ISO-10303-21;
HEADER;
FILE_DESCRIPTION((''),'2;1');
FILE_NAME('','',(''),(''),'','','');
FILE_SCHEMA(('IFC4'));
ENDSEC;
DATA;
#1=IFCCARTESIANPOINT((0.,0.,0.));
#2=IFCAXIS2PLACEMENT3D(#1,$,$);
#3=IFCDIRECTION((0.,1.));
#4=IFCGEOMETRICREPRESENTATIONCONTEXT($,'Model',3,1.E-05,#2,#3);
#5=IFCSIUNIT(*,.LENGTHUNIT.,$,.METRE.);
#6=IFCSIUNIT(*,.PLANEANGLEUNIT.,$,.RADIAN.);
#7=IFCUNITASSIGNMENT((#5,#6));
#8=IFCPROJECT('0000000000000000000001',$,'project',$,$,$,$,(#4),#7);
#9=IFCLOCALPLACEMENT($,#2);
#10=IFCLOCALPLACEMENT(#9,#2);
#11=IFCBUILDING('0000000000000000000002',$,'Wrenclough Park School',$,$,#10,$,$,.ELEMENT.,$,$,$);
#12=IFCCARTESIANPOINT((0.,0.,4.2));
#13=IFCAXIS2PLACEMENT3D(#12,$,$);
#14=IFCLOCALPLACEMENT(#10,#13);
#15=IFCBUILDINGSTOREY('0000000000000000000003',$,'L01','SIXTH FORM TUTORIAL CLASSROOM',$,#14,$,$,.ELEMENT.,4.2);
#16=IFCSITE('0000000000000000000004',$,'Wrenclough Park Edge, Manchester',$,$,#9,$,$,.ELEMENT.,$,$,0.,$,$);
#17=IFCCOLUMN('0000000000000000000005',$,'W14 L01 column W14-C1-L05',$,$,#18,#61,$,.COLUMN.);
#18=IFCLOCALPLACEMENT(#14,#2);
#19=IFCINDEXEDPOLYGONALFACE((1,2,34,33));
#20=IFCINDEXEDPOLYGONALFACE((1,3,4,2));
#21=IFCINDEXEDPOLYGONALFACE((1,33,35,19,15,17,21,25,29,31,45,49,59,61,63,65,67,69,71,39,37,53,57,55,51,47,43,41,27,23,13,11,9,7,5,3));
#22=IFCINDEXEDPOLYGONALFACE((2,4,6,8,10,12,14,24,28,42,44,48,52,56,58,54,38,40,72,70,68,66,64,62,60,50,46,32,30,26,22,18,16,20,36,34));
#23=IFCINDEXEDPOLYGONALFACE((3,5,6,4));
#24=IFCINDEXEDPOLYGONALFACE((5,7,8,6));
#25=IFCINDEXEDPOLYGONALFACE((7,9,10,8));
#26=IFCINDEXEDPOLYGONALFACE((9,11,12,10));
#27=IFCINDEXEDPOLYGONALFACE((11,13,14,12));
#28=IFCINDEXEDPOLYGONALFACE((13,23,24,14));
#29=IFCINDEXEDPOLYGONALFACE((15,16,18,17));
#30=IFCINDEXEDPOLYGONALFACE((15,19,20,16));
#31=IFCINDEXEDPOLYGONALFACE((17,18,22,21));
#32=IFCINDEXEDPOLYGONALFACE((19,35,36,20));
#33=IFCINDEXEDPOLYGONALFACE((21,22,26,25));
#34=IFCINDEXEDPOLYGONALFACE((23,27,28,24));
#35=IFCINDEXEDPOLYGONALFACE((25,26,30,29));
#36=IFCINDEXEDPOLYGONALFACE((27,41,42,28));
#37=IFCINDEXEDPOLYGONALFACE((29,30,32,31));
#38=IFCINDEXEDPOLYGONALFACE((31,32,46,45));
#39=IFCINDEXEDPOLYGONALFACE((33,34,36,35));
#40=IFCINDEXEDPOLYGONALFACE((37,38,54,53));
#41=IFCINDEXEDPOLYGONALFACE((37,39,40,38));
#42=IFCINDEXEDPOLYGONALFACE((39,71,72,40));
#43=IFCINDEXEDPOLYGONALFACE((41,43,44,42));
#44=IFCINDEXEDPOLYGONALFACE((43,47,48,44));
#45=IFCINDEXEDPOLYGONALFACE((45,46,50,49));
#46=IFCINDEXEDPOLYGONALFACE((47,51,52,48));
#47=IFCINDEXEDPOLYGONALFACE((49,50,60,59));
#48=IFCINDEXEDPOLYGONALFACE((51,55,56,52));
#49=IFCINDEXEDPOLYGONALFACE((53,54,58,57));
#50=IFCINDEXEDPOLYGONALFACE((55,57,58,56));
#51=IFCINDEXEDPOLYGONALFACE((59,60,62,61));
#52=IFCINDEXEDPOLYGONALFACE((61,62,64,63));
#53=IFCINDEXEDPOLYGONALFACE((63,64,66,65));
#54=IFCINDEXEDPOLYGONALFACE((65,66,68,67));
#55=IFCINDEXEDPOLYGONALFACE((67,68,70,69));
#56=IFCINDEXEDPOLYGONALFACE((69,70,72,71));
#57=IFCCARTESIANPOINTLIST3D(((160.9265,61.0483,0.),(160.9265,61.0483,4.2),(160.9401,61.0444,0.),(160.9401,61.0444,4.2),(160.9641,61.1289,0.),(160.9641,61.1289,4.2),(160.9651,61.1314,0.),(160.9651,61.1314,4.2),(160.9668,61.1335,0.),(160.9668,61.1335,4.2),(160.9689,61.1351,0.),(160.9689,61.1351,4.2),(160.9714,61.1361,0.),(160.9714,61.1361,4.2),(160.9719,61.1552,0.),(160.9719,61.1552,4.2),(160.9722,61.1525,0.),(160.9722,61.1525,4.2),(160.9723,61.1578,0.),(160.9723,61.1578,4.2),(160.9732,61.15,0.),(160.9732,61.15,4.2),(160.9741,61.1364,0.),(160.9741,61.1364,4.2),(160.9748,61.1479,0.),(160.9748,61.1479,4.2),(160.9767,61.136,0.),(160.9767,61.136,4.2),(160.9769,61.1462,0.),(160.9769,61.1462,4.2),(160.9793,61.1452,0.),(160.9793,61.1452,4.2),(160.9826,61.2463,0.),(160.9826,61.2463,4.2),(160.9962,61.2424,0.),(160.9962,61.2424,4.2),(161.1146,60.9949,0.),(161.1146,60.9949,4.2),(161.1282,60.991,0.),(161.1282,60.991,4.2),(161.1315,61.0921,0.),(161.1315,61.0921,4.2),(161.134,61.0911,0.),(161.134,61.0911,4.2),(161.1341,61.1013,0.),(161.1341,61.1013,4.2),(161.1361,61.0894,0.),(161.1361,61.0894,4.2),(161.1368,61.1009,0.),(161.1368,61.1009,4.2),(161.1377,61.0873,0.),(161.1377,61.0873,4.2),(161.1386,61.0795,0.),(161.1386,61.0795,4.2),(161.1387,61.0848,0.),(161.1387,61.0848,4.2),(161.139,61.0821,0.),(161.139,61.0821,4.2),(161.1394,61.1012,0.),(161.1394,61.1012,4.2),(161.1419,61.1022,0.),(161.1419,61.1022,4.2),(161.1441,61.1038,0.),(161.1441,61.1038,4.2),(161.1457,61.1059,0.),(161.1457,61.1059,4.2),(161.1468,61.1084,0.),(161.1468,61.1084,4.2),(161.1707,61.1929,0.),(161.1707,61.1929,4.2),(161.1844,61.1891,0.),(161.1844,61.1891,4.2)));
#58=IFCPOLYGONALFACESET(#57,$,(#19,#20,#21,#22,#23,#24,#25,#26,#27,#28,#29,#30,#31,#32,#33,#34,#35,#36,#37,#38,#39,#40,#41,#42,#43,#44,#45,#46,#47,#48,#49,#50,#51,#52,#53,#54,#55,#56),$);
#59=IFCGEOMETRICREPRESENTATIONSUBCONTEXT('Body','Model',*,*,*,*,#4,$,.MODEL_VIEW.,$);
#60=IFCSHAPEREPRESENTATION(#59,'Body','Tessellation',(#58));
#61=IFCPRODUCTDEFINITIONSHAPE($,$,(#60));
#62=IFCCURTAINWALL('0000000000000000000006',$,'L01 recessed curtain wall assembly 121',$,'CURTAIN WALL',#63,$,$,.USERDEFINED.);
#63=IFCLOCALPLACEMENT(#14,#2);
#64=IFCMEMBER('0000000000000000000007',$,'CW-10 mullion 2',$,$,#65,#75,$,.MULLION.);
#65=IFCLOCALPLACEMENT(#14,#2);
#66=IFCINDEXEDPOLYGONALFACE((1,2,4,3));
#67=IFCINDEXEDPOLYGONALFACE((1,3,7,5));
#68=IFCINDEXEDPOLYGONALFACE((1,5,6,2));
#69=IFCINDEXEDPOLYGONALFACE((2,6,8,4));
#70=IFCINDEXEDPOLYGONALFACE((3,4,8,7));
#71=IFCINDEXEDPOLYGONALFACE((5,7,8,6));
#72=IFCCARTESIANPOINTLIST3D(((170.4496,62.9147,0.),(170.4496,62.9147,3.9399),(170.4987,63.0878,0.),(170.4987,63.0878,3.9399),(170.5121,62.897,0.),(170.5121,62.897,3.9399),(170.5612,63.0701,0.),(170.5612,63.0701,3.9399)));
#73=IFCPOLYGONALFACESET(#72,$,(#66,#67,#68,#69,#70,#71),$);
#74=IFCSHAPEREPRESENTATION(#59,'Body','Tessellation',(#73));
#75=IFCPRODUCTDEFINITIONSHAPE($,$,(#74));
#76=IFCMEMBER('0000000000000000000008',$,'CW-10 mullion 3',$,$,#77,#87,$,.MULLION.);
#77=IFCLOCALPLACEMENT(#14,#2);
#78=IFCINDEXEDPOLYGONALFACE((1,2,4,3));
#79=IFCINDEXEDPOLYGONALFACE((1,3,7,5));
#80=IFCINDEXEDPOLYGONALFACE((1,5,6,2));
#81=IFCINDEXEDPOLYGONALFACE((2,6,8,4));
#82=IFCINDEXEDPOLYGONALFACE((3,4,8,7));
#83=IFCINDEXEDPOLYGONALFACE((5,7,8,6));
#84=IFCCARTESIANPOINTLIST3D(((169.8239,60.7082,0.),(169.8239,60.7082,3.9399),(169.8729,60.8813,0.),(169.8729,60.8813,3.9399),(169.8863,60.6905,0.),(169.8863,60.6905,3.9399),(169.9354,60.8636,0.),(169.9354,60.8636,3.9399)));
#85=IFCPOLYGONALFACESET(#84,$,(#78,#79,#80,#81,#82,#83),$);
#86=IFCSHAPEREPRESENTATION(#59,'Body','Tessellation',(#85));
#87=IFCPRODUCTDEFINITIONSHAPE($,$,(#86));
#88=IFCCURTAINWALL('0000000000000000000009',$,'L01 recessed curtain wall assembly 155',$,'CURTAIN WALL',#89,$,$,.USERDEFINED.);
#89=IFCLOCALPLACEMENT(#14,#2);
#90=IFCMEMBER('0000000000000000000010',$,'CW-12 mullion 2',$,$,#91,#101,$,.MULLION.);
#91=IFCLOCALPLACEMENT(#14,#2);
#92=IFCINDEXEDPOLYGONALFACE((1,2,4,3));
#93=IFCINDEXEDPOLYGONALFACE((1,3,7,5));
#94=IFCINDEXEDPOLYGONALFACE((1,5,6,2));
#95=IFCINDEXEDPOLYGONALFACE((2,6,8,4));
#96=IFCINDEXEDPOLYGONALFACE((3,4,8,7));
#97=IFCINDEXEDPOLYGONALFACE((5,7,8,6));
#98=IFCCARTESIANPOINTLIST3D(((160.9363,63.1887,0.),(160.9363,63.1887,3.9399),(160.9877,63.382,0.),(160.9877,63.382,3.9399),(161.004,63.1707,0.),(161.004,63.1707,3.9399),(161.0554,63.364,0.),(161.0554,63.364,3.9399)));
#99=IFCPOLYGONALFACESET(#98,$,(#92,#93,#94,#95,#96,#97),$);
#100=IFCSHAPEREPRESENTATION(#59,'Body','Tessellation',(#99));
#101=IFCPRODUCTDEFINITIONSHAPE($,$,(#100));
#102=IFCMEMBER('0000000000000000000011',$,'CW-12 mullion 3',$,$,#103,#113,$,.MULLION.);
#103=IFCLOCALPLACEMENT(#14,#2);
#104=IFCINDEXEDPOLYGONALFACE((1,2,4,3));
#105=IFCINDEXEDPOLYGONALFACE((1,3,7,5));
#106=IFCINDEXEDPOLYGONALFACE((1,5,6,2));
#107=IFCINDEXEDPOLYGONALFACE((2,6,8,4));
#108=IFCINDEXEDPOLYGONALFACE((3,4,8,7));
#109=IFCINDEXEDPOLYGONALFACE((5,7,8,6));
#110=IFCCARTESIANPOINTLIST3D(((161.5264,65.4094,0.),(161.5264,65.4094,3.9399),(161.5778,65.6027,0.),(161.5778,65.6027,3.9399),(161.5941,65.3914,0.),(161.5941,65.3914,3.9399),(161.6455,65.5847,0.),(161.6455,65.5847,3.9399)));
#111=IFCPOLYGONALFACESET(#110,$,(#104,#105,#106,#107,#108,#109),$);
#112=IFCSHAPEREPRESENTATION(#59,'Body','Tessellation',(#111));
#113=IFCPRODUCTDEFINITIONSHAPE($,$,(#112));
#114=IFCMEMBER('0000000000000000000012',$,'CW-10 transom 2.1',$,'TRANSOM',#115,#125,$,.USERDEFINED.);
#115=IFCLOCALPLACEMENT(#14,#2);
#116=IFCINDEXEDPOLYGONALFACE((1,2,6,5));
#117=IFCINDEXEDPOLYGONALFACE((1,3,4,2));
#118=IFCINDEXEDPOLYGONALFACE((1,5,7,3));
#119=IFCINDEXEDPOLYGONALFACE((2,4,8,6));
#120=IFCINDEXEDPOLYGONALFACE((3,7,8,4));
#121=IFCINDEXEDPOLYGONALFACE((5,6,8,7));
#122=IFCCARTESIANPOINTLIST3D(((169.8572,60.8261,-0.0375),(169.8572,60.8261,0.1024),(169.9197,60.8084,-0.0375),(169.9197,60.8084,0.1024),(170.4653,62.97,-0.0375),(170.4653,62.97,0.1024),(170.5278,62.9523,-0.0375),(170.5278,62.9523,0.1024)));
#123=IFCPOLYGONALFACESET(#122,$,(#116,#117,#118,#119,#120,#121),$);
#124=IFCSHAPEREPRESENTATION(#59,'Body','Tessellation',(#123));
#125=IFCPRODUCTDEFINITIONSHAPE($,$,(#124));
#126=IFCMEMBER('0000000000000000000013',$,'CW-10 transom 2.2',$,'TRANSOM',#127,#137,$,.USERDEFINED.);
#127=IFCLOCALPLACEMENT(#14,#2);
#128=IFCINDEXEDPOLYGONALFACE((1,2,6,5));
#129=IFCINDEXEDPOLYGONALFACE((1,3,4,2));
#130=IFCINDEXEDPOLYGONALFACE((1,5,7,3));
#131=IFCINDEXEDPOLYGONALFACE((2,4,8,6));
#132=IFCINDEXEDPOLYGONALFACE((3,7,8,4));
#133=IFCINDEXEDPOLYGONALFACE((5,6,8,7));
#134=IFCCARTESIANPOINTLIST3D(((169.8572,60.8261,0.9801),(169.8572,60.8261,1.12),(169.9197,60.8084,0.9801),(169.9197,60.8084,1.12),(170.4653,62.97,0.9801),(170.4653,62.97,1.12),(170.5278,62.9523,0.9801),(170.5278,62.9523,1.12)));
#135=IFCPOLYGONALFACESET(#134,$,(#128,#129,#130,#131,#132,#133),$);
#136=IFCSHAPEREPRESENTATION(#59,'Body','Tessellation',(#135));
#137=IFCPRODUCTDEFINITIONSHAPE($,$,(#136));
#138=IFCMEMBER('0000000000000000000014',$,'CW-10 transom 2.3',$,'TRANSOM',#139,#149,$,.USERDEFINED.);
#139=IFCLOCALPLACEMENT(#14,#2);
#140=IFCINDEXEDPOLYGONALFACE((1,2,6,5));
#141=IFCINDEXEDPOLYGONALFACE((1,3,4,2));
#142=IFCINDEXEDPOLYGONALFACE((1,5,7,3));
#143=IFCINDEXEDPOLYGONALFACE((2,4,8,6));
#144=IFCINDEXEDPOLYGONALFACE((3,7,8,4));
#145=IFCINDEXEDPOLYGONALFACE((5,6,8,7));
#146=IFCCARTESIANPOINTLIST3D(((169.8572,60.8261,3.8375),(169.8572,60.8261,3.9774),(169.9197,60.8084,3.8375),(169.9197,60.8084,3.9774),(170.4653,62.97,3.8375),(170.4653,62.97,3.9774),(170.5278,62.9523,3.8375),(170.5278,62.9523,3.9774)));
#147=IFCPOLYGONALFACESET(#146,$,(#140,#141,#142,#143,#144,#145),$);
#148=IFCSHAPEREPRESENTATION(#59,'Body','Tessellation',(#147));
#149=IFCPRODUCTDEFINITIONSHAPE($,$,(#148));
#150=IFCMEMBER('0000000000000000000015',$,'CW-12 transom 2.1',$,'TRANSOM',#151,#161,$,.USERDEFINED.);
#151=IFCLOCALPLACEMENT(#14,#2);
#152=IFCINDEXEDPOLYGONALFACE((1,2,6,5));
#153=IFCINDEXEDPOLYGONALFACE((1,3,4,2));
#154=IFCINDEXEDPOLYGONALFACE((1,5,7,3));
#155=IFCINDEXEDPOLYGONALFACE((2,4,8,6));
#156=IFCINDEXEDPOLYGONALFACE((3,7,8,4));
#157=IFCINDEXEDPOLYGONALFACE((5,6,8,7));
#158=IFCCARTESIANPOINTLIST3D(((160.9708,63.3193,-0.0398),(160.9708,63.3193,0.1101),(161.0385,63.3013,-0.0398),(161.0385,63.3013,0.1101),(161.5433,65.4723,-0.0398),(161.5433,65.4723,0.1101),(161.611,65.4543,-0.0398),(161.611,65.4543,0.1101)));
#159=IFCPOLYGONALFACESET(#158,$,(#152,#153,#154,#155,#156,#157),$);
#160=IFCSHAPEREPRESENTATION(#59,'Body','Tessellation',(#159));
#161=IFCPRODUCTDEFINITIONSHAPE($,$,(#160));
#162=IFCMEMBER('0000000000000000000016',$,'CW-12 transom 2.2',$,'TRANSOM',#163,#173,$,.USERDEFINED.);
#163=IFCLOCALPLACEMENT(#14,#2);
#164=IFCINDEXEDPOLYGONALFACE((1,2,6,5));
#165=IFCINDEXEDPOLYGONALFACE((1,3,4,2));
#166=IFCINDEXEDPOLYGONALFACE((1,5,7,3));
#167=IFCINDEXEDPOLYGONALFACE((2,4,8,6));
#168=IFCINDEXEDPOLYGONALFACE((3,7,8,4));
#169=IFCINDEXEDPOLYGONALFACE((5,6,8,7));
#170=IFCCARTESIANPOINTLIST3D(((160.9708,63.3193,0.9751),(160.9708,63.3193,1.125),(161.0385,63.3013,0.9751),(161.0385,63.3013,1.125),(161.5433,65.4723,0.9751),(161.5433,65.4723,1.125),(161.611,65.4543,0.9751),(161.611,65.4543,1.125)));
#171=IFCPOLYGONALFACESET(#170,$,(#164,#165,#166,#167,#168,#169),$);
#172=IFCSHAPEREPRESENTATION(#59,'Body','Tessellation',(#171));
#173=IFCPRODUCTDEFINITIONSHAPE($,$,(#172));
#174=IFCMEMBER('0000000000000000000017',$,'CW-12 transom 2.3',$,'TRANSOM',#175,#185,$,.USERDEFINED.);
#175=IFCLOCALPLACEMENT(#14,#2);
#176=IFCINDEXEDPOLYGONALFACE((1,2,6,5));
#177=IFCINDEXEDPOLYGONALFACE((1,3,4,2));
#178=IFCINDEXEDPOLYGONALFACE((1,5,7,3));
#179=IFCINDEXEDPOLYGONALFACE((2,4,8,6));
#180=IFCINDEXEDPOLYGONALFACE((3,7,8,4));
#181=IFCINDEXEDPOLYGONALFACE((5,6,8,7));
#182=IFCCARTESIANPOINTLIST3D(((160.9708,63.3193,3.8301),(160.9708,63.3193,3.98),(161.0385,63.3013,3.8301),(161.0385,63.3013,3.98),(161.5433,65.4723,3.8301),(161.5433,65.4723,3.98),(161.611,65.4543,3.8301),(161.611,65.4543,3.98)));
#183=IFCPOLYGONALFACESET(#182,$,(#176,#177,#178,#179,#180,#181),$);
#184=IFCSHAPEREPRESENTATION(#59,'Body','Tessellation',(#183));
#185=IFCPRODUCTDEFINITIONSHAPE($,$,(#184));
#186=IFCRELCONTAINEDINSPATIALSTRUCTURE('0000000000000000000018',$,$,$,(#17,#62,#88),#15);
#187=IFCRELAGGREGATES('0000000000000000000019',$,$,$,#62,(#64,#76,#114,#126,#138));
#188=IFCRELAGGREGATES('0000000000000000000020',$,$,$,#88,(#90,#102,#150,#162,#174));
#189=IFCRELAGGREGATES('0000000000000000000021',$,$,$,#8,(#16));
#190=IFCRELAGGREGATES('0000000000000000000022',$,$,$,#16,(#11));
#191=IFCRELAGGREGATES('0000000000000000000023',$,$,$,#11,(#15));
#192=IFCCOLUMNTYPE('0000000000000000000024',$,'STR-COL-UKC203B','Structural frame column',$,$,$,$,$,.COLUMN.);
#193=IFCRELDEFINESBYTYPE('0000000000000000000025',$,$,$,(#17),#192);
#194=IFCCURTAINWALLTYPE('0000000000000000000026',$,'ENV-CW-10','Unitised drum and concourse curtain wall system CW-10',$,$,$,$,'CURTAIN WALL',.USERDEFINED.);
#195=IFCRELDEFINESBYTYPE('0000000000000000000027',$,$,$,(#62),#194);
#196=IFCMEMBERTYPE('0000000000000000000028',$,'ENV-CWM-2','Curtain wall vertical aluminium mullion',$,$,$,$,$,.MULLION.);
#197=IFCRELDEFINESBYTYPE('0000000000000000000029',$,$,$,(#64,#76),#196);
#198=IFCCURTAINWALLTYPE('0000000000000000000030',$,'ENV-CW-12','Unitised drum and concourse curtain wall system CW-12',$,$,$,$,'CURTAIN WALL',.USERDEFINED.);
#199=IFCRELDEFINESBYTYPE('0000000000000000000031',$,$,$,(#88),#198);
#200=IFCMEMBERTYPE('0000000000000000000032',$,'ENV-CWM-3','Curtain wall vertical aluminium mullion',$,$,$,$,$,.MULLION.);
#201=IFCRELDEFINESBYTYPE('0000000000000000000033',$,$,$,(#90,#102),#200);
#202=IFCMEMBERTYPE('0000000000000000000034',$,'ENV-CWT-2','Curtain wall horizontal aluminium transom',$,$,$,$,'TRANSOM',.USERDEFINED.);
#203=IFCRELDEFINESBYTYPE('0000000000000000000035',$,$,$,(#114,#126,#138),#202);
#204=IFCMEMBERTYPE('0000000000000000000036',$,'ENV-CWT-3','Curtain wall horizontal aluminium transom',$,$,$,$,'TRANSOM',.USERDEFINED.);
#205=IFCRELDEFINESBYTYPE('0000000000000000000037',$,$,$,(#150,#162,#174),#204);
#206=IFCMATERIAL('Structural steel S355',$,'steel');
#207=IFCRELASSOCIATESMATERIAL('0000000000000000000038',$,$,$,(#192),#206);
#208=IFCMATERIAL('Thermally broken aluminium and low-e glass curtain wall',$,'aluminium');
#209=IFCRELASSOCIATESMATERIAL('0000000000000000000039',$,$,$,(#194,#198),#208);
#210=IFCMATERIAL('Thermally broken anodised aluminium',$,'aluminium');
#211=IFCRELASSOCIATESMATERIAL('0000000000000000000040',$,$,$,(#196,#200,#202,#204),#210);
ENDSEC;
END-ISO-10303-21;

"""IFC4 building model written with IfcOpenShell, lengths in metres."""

from ifc_helpers import new_model, si_unit, direction, frame, origin, origin_2d, place, context, subcontext, project, spatial, rectangle, i_section, extrude, material, material_profile, profile_set, type_object, element, aggregate, save


model = new_model("IFC4")

# Units and contexts
model_context = context("Model", 3, precision=1e-05, world=origin(), true_north=direction((0.0, 1.0)))
body_context = subcontext(model_context, "Body", "Model", "MODEL_VIEW")
ifc_project = project(units=[si_unit("LENGTHUNIT", "METRE"), si_unit("PLANEANGLEUNIT", "RADIAN")], contexts=[model_context])

# Site, building, storey
site_placement = place(None, origin())
site = spatial("IfcSite", under=ifc_project, at=site_placement, Name="Wrenclough Park Edge, Manchester", CompositionType="ELEMENT", RefElevation=0.0)
building_placement = place(site_placement, origin())
building = spatial("IfcBuilding", under=site, at=building_placement, Name="Wrenclough Park School", CompositionType="ELEMENT")
storey_placement = place(building_placement, frame((0.0, 0.0, 4.2)))
storey = spatial("IfcBuildingStorey", under=building, at=storey_placement, Name="L01", Description="SIXTH FORM TUTORIAL CLASSROOM", CompositionType="ELEMENT", Elevation=4.2)

# Column
ifc_material_1 = material(Name="Structural steel S355", Category="steel")
ifc_material_profile_1 = material_profile(ifc_material_1, i_section(OverallWidth=0.2058, OverallDepth=0.2097, WebThickness=0.0095, FlangeThickness=0.0142, FilletRadius=0.0103, at=origin_2d()), Name="UKC 203x203x60")
ifc_profile_set_1 = profile_set([ifc_material_profile_1], Name="Structural steel S355")
column_type = type_object("IfcColumnType", Name="STR-COL-UKC203B", Description="Structural frame column", PredefinedType="COLUMN", material=ifc_profile_set_1)
column_placement = place(storey_placement, frame((161.0554, 61.1187, 0.0), z_axis=(0.0, 0.0, 1.0), x_axis=(0.272784, 0.962075, 0.0)))
element("IfcColumn", 1, at=column_placement, inside=storey, type_object=column_type, Name="W14 L01 column W14-C1-L05", PredefinedType="COLUMN", context=body_context, shape_type="SweptSolid", body=[
    extrude(i_section(OverallWidth=0.2058, OverallDepth=0.2097, WebThickness=0.0095, FlangeThickness=0.0142, FilletRadius=0.0103, at=origin_2d()), origin(), (0.0, 0.0, 1.0), 4.2),
])

# Curtain walls, members
ifc_material_2 = material(Name="Thermally broken aluminium and low-e glass curtain wall", Category="aluminium")
curtain_wall_type_1 = type_object("IfcCurtainWallType", Name="ENV-CW-10", Description="Unitised drum and concourse curtain wall system CW-10", ElementType="CURTAIN WALL", PredefinedType="USERDEFINED", material=ifc_material_2)
curtain_wall_1_placement = place(storey_placement, origin())
curtain_wall_1 = element("IfcCurtainWall", 2, at=curtain_wall_1_placement, inside=storey, type_object=curtain_wall_type_1, Name="L01 recessed curtain wall assembly 121", ObjectType="CURTAIN WALL", PredefinedType="USERDEFINED")
ifc_material_3 = material(Name="Thermally broken anodised aluminium", Category="aluminium")
ifc_material_profile_2 = material_profile(ifc_material_3, rectangle(XDim=0.0649, YDim=0.1799, at=origin_2d()), Name="AL MULLION 65x180")
ifc_profile_set_2 = profile_set([ifc_material_profile_2], Name="Thermally broken anodised aluminium")
member_type_1 = type_object("IfcMemberType", Name="ENV-CWM-2", Description="Curtain wall vertical aluminium mullion", PredefinedType="MULLION", material=ifc_profile_set_2)
member_1_placement = place(storey_placement, frame((170.5054, 62.9924, 0.0), z_axis=(0.0, 0.0, 1.0), x_axis=(0.962063, -0.272826, 0.0)))
member_1 = element("IfcMember", 3, at=member_1_placement, type_object=member_type_1, Name="CW-10 mullion 2", PredefinedType="MULLION", context=body_context, shape_type="SweptSolid", body=[
    extrude(rectangle(XDim=0.0649, YDim=0.1799, at=origin_2d()), origin(), (0.0, 0.0, 1.0), 3.9399),
])
member_2_placement = place(storey_placement, frame((169.8796, 60.7859, 0.0), z_axis=(0.0, 0.0, 1.0), x_axis=(0.962063, -0.272826, 0.0)))
member_2 = element("IfcMember", 4, at=member_2_placement, type_object=member_type_1, Name="CW-10 mullion 3", PredefinedType="MULLION", context=body_context, shape_type="SweptSolid", body=[
    extrude(rectangle(XDim=0.0649, YDim=0.1799, at=origin_2d()), origin(), (0.0, 0.0, 1.0), 3.9399),
])
curtain_wall_type_2 = type_object("IfcCurtainWallType", Name="ENV-CW-12", Description="Unitised drum and concourse curtain wall system CW-12", ElementType="CURTAIN WALL", PredefinedType="USERDEFINED", material=ifc_material_2)
curtain_wall_2_placement = place(storey_placement, origin())
curtain_wall_2 = element("IfcCurtainWall", 5, at=curtain_wall_2_placement, inside=storey, type_object=curtain_wall_type_2, Name="L01 recessed curtain wall assembly 155", ObjectType="CURTAIN WALL", PredefinedType="USERDEFINED")
ifc_material_profile_3 = material_profile(ifc_material_3, rectangle(XDim=0.0701, YDim=0.2, at=origin_2d()), Name="AL MULLION 70x200")
ifc_profile_set_3 = profile_set([ifc_material_profile_3], Name="Thermally broken anodised aluminium")
member_type_2 = type_object("IfcMemberType", Name="ENV-CWM-3", Description="Curtain wall vertical aluminium mullion", PredefinedType="MULLION", material=ifc_profile_set_3)
member_3_placement = place(storey_placement, frame((160.9958, 63.2764, 0.0), z_axis=(0.0, 0.0, 1.0), x_axis=(-0.966443, 0.256882, 0.0)))
member_3 = element("IfcMember", 6, at=member_3_placement, type_object=member_type_2, Name="CW-12 mullion 2", PredefinedType="MULLION", context=body_context, shape_type="SweptSolid", body=[
    extrude(rectangle(XDim=0.0701, YDim=0.2, at=origin_2d()), origin(), (0.0, 0.0, 1.0), 3.9399),
])
member_4_placement = place(storey_placement, frame((161.5859, 65.4971, 0.0), z_axis=(0.0, 0.0, 1.0), x_axis=(-0.966443, 0.256882, 0.0)))
member_4 = element("IfcMember", 7, at=member_4_placement, type_object=member_type_2, Name="CW-12 mullion 3", PredefinedType="MULLION", context=body_context, shape_type="SweptSolid", body=[
    extrude(rectangle(XDim=0.0701, YDim=0.2, at=origin_2d()), origin(), (0.0, 0.0, 1.0), 3.9399),
])

# Members
ifc_material_profile_4 = material_profile(ifc_material_3, rectangle(XDim=0.0649, YDim=0.1399, at=origin_2d()), Name="AL TRANSOM 65x140")
ifc_profile_set_4 = profile_set([ifc_material_profile_4], Name="Thermally broken anodised aluminium")
member_type_3 = type_object("IfcMemberType", Name="ENV-CWT-2", Description="Curtain wall horizontal aluminium transom", ElementType="TRANSOM", PredefinedType="USERDEFINED", material=ifc_profile_set_4)
member_5_placement = place(storey_placement, frame((170.4966, 62.9612, 0.0325), z_axis=(-0.272883, -0.962047, 0.0), x_axis=(0.962047, -0.272883, 0.0)))
member_5 = element("IfcMember", 8, at=member_5_placement, type_object=member_type_3, Name="CW-10 transom 2.1", ObjectType="TRANSOM", PredefinedType="USERDEFINED", context=body_context, shape_type="SweptSolid", body=[
    extrude(rectangle(XDim=0.0649, YDim=0.1399, at=origin_2d()), origin(), (0.0, 0.0, 1.0), 2.2285),
])
member_6_placement = place(storey_placement, frame((170.4966, 62.9612, 1.05), z_axis=(-0.272883, -0.962047, 0.0), x_axis=(0.962047, -0.272883, 0.0)))
member_6 = element("IfcMember", 9, at=member_6_placement, type_object=member_type_3, Name="CW-10 transom 2.2", ObjectType="TRANSOM", PredefinedType="USERDEFINED", context=body_context, shape_type="SweptSolid", body=[
    extrude(rectangle(XDim=0.0649, YDim=0.1399, at=origin_2d()), origin(), (0.0, 0.0, 1.0), 2.2285),
])
member_7_placement = place(storey_placement, frame((170.4966, 62.9612, 3.9075), z_axis=(-0.272883, -0.962047, 0.0), x_axis=(0.962047, -0.272883, 0.0)))
member_7 = element("IfcMember", 10, at=member_7_placement, type_object=member_type_3, Name="CW-10 transom 2.3", ObjectType="TRANSOM", PredefinedType="USERDEFINED", context=body_context, shape_type="SweptSolid", body=[
    extrude(rectangle(XDim=0.0649, YDim=0.1399, at=origin_2d()), origin(), (0.0, 0.0, 1.0), 2.2285),
])
ifc_material_profile_5 = material_profile(ifc_material_3, rectangle(XDim=0.0701, YDim=0.1499, at=origin_2d()), Name="AL TRANSOM 70x150")
ifc_profile_set_5 = profile_set([ifc_material_profile_5], Name="Thermally broken anodised aluminium")
member_type_4 = type_object("IfcMemberType", Name="ENV-CWT-3", Description="Curtain wall horizontal aluminium transom", ElementType="TRANSOM", PredefinedType="USERDEFINED", material=ifc_profile_set_5)
member_8_placement = place(storey_placement, frame((161.0046, 63.3103, 0.0352), z_axis=(0.256974, 0.966418, 0.0), x_axis=(-0.966418, 0.256974, 0.0)))
member_8 = element("IfcMember", 11, at=member_8_placement, type_object=member_type_4, Name="CW-12 transom 2.1", ObjectType="TRANSOM", PredefinedType="USERDEFINED", context=body_context, shape_type="SweptSolid", body=[
    extrude(rectangle(XDim=0.0701, YDim=0.1499, at=origin_2d()), origin(), (0.0, 0.0, 1.0), 2.2278),
])
member_9_placement = place(storey_placement, frame((161.0046, 63.3103, 1.05), z_axis=(0.256974, 0.966418, 0.0), x_axis=(-0.966418, 0.256974, 0.0)))
member_9 = element("IfcMember", 12, at=member_9_placement, type_object=member_type_4, Name="CW-12 transom 2.2", ObjectType="TRANSOM", PredefinedType="USERDEFINED", context=body_context, shape_type="SweptSolid", body=[
    extrude(rectangle(XDim=0.0701, YDim=0.1499, at=origin_2d()), origin(), (0.0, 0.0, 1.0), 2.2278),
])
member_10_placement = place(storey_placement, frame((161.0046, 63.3103, 3.905), z_axis=(0.256974, 0.966418, 0.0), x_axis=(-0.966418, 0.256974, 0.0)))
member_10 = element("IfcMember", 13, at=member_10_placement, type_object=member_type_4, Name="CW-12 transom 2.3", ObjectType="TRANSOM", PredefinedType="USERDEFINED", context=body_context, shape_type="SweptSolid", body=[
    extrude(rectangle(XDim=0.0701, YDim=0.1499, at=origin_2d()), origin(), (0.0, 0.0, 1.0), 2.2278),
])

aggregate(curtain_wall_1, [member_1, member_2, member_5, member_6, member_7])
aggregate(curtain_wall_2, [member_3, member_4, member_8, member_9, member_10])

save(model, "model.ifc")
